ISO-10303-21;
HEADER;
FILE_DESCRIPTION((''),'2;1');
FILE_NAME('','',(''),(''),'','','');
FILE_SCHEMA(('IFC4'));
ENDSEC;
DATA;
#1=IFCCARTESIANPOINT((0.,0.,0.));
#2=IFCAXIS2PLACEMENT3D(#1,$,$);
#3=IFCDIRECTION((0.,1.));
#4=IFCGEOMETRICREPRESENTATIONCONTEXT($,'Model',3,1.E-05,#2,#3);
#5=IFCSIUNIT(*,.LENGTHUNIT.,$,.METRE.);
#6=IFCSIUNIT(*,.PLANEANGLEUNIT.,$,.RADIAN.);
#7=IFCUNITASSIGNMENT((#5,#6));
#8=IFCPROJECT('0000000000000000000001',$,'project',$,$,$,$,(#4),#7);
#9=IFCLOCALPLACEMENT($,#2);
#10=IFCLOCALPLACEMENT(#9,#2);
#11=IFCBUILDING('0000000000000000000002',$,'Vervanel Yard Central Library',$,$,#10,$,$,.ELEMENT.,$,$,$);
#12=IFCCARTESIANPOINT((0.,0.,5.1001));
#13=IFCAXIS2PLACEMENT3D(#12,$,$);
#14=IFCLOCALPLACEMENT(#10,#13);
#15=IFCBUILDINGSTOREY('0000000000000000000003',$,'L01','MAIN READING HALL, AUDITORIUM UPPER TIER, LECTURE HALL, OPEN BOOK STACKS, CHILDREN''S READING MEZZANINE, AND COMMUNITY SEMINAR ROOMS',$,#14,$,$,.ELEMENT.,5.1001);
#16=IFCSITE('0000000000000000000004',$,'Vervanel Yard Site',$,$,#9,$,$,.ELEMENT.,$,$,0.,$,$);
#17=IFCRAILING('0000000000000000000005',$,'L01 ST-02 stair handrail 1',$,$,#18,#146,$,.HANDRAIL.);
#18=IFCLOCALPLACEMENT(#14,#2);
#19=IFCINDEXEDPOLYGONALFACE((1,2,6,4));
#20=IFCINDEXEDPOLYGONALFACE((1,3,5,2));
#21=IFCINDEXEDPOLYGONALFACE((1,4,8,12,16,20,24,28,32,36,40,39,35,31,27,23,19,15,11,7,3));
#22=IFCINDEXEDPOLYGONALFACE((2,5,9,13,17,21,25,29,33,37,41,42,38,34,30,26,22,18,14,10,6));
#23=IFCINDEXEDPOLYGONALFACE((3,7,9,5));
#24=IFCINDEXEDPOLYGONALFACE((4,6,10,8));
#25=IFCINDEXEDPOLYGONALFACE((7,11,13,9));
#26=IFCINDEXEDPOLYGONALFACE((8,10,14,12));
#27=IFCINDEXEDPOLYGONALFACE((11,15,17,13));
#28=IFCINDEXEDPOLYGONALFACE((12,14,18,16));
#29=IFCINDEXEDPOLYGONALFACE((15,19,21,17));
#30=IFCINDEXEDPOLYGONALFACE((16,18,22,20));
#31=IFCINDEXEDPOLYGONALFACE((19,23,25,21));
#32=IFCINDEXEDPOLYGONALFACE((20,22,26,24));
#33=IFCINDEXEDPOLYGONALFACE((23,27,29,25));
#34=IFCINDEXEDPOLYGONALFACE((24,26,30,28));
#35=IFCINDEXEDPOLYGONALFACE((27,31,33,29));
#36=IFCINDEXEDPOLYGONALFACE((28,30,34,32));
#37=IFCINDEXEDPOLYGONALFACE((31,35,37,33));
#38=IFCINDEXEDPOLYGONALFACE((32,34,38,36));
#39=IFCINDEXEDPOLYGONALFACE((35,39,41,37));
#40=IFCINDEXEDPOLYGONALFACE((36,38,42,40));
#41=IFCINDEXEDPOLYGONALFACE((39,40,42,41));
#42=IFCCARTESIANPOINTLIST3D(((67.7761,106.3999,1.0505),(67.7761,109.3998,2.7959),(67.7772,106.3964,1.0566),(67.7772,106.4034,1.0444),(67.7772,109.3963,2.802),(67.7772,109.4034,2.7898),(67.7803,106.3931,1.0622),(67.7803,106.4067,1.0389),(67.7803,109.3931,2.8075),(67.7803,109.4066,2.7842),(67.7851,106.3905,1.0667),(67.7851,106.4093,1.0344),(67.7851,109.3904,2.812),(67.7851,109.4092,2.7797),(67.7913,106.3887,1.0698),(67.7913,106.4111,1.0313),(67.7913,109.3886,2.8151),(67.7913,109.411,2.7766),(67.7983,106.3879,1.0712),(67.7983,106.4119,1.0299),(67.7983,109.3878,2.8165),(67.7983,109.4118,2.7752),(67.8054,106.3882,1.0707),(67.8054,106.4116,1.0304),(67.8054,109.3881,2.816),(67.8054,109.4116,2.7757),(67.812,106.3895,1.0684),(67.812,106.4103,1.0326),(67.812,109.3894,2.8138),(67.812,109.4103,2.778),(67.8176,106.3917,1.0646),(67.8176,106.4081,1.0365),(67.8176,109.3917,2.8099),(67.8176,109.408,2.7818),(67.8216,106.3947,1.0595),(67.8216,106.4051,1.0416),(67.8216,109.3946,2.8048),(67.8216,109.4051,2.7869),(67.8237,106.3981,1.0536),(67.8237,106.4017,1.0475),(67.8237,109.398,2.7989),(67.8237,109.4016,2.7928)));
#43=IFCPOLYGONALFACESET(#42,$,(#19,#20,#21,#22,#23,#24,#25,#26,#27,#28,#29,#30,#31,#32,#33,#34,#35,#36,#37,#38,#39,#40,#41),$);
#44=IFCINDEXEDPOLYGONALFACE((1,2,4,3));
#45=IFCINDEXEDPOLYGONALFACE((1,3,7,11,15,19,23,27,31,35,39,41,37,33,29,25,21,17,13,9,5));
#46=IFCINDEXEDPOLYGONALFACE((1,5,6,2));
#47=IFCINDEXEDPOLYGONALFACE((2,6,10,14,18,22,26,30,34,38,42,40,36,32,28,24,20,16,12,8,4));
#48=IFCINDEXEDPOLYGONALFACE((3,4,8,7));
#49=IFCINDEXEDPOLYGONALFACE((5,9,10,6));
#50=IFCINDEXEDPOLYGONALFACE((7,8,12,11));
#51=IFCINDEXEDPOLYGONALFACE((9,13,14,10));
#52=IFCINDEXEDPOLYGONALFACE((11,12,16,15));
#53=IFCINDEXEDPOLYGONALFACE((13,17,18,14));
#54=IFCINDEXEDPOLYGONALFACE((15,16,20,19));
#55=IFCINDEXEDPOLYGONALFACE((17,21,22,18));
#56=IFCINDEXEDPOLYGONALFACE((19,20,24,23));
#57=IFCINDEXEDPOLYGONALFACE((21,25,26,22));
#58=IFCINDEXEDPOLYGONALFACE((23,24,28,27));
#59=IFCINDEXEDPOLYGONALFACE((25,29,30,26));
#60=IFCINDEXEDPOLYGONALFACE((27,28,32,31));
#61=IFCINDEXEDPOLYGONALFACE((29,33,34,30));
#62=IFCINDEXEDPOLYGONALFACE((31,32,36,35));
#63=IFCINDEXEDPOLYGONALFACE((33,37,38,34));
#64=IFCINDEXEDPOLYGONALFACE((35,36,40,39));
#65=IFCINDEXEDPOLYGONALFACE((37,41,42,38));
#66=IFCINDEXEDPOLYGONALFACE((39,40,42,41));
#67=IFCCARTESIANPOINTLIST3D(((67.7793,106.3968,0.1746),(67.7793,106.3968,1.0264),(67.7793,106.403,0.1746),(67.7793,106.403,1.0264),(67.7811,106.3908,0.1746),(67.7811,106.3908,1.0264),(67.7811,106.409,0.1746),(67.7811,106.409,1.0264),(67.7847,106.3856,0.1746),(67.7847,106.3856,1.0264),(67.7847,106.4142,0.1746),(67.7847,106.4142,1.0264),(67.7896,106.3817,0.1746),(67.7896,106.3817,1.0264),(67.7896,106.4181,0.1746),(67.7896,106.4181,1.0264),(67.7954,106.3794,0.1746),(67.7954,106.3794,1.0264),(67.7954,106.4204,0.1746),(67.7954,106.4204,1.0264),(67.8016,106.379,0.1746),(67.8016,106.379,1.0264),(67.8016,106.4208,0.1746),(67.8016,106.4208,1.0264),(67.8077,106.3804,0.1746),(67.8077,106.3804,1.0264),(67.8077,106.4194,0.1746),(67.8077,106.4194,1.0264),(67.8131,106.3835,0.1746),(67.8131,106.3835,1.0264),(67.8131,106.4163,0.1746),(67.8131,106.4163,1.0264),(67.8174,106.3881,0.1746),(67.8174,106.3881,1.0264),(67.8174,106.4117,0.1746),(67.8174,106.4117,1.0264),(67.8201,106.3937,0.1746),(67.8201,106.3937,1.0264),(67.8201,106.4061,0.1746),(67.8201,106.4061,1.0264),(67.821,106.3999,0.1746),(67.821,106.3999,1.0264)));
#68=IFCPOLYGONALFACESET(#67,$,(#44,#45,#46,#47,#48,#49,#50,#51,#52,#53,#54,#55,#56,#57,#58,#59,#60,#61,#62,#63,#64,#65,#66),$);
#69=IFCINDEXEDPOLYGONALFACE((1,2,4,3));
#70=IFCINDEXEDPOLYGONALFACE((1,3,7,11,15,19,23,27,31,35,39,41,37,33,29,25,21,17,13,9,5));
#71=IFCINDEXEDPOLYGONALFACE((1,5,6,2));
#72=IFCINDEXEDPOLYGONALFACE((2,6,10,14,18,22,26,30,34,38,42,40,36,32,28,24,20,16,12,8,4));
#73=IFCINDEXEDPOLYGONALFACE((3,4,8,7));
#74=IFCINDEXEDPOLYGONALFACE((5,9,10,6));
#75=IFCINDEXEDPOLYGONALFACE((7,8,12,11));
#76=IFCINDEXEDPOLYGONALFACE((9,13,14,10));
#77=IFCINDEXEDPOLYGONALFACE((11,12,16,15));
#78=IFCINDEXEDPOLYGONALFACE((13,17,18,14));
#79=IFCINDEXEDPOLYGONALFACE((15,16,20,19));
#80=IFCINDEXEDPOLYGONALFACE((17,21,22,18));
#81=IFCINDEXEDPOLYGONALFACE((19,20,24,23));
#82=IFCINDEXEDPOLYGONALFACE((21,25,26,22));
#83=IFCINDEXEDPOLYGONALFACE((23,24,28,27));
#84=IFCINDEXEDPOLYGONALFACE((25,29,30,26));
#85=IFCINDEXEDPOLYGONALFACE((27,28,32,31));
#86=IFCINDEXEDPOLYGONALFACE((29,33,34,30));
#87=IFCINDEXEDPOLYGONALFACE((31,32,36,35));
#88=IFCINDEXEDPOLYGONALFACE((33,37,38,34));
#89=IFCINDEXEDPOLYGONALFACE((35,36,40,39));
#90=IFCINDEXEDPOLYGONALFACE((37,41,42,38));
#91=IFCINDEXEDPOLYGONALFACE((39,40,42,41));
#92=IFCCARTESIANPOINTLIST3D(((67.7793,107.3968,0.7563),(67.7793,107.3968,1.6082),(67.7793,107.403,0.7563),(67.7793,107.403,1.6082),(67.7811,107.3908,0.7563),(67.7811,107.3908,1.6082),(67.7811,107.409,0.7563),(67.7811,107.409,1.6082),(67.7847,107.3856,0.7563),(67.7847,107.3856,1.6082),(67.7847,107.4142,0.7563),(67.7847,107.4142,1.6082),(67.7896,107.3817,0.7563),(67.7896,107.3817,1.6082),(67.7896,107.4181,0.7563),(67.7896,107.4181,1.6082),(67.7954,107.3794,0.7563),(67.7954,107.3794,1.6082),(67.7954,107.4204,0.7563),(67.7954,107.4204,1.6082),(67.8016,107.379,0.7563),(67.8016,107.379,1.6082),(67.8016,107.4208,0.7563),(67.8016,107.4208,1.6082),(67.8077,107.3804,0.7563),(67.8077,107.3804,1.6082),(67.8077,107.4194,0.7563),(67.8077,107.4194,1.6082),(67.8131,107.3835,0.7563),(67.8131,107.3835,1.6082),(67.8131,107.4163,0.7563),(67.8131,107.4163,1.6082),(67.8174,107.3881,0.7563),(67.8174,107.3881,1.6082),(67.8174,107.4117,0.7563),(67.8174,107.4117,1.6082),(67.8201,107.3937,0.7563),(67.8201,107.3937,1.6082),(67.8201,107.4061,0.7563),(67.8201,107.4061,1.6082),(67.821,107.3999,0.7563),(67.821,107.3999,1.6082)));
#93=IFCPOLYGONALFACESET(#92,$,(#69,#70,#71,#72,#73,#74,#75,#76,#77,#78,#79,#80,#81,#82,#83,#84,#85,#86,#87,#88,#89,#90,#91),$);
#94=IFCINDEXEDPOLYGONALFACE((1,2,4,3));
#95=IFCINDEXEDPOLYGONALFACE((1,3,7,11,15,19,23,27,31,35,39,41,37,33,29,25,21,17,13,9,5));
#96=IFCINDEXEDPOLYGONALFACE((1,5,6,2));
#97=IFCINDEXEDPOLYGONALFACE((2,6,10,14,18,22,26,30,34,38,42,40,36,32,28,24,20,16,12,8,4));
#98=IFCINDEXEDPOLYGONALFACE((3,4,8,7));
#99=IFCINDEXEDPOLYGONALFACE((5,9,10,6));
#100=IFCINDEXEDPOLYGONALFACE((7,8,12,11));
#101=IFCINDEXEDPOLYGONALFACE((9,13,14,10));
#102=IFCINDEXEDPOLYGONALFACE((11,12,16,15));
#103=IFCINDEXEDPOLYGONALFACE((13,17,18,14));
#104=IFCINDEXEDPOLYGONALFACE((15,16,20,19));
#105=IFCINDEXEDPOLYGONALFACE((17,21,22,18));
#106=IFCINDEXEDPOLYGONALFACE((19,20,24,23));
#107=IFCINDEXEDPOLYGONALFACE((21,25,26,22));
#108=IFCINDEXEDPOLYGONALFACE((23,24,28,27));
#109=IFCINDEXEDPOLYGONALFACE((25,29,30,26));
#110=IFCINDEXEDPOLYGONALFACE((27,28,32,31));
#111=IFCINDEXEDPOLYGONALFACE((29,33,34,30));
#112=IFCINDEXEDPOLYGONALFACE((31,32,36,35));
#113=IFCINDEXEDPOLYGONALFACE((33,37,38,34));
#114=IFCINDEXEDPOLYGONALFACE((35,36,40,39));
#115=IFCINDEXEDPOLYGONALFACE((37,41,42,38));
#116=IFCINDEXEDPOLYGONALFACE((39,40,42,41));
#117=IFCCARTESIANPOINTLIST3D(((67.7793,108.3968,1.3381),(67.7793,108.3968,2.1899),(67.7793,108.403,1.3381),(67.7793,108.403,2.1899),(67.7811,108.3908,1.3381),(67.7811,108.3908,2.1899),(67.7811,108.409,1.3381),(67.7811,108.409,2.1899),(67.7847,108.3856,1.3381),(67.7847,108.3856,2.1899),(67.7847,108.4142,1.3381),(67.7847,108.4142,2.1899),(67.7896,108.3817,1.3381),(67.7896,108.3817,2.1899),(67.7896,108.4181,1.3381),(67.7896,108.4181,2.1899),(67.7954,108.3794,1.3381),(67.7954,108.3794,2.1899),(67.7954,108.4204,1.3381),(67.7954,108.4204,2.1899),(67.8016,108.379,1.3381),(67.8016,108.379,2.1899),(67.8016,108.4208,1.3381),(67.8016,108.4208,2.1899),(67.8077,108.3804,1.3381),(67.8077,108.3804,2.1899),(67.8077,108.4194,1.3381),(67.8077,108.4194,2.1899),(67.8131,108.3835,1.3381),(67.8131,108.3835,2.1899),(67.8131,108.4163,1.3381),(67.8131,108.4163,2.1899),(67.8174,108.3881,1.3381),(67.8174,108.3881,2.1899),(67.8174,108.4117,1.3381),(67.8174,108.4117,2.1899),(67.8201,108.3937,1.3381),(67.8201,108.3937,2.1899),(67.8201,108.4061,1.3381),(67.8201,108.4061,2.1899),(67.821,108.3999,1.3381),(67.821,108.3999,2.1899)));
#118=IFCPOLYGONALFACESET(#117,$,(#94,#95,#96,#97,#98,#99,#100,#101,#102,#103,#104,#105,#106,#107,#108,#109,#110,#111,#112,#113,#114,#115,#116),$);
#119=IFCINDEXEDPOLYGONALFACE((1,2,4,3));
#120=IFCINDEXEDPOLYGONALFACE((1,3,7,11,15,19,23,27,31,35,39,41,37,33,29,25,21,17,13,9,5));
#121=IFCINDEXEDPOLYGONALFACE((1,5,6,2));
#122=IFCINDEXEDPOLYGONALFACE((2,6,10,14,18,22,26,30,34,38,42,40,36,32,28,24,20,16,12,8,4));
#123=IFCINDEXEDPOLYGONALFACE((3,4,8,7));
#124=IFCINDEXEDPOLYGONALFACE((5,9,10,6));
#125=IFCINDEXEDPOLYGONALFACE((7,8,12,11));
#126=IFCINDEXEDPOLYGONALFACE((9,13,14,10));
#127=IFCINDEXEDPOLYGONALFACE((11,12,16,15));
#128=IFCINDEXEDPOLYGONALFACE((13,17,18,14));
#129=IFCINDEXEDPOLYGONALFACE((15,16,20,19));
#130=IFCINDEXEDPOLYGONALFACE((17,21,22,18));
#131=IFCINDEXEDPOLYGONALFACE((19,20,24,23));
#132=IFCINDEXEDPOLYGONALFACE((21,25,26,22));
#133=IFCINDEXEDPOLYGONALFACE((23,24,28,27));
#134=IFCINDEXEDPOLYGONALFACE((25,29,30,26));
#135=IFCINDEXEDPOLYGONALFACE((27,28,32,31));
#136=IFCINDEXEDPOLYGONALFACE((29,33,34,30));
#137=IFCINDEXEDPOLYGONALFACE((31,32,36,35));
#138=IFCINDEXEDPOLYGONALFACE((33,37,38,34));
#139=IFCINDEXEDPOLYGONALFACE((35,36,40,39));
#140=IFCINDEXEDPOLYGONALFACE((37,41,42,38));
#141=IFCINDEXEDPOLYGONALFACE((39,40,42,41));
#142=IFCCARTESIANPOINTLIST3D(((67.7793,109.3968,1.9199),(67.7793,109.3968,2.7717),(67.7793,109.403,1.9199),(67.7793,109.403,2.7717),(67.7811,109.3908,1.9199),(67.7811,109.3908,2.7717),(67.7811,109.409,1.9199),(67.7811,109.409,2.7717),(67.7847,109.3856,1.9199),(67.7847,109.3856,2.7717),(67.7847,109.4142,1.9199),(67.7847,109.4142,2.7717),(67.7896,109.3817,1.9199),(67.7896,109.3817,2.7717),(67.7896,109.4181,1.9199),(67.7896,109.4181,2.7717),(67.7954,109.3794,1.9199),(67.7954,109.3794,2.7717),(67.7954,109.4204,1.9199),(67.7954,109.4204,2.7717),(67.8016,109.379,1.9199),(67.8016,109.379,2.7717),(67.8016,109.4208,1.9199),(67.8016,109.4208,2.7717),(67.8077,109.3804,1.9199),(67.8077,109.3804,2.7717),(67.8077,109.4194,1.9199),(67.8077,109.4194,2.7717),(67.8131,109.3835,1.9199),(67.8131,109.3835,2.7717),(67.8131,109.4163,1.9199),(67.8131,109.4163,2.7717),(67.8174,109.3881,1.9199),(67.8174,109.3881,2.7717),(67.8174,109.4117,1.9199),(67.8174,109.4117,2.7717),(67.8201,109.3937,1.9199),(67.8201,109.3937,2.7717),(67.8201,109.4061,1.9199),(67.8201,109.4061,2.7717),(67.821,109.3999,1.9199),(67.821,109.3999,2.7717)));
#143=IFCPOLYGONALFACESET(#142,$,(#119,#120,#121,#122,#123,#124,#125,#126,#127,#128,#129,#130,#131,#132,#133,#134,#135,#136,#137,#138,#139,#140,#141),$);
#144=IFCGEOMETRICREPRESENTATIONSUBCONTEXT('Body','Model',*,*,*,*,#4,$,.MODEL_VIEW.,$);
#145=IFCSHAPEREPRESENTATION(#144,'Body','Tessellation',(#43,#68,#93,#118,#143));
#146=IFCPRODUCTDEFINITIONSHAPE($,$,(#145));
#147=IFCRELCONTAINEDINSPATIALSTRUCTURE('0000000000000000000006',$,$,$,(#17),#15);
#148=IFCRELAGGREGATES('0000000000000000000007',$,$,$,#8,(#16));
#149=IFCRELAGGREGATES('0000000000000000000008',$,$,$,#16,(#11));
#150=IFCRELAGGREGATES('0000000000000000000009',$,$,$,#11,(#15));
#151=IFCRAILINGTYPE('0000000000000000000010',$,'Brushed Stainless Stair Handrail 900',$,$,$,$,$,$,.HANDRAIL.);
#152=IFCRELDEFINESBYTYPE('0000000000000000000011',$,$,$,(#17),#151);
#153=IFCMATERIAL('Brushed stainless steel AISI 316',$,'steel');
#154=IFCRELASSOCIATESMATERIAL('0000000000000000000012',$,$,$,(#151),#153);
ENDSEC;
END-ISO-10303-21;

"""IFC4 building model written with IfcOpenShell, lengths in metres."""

from ifc_helpers import new_model, si_unit, direction, frame, origin, origin_2d, place, context, subcontext, project, spatial, circle, extrude, material, type_object, element, save


model = new_model("IFC4")

# Units and contexts
model_context = context("Model", 3, precision=1e-05, world=origin(), true_north=direction((0.0, 1.0)))
body_context = subcontext(model_context, "Body", "Model", "MODEL_VIEW")
ifc_project = project(units=[si_unit("LENGTHUNIT", "METRE"), si_unit("PLANEANGLEUNIT", "RADIAN")], contexts=[model_context])

# Site, building, storey
site_placement = place(None, origin())
site = spatial("IfcSite", under=ifc_project, at=site_placement, Name="Vervanel Yard Site", CompositionType="ELEMENT", RefElevation=0.0)
building_placement = place(site_placement, origin())
building = spatial("IfcBuilding", under=site, at=building_placement, Name="Vervanel Yard Central Library", CompositionType="ELEMENT")
storey_placement = place(building_placement, frame((0.0, 0.0, 5.1001)))
storey = spatial("IfcBuildingStorey", under=building, at=storey_placement, Name="L01", Description="MAIN READING HALL, AUDITORIUM UPPER TIER, LECTURE HALL, OPEN BOOK STACKS, CHILDREN'S READING MEZZANINE, AND COMMUNITY SEMINAR ROOMS", CompositionType="ELEMENT", Elevation=5.1001)

# Shared definitions
ifc_material_1 = material(Name="Brushed stainless steel AISI 316", Category="steel")

# Railing
railing_type_1 = type_object("IfcRailingType", Name="Brushed Stainless Stair Handrail 900", PredefinedType="HANDRAIL", material=ifc_material_1)
railing_1_placement = place(storey_placement, frame((67.8, 106.3999, 0.1746)))
element("IfcRailing", 1, at=railing_1_placement, inside=storey, type_object=railing_type_1, Name="L01 ST-02 stair handrail 1", PredefinedType="HANDRAIL", context=body_context, shape_type="SweptSolid", body=[
    extrude(circle(Radius=0.0239, at=origin_2d()), frame((0.0, 0.0, 0.876), z_axis=(0.0, 0.86436, 0.502874), x_axis=(-1.0, 0.0, 0.0)), (0.0, 0.0, 1.0), 3.4707),
    extrude(circle(Radius=0.021, at=origin_2d()), origin(), (0.0, 0.0, 1.0), 0.8518),
    extrude(circle(Radius=0.021, at=origin_2d()), frame((0.0, 1.0, 0.5818)), (0.0, 0.0, 1.0), 0.8518),
    extrude(circle(Radius=0.021, at=origin_2d()), frame((0.0, 2.0, 1.1636)), (0.0, 0.0, 1.0), 0.8518),
    extrude(circle(Radius=0.021, at=origin_2d()), frame((0.0, 3.0, 1.7454)), (0.0, 0.0, 1.0), 0.8518),
])

save(model, "model.ifc")
